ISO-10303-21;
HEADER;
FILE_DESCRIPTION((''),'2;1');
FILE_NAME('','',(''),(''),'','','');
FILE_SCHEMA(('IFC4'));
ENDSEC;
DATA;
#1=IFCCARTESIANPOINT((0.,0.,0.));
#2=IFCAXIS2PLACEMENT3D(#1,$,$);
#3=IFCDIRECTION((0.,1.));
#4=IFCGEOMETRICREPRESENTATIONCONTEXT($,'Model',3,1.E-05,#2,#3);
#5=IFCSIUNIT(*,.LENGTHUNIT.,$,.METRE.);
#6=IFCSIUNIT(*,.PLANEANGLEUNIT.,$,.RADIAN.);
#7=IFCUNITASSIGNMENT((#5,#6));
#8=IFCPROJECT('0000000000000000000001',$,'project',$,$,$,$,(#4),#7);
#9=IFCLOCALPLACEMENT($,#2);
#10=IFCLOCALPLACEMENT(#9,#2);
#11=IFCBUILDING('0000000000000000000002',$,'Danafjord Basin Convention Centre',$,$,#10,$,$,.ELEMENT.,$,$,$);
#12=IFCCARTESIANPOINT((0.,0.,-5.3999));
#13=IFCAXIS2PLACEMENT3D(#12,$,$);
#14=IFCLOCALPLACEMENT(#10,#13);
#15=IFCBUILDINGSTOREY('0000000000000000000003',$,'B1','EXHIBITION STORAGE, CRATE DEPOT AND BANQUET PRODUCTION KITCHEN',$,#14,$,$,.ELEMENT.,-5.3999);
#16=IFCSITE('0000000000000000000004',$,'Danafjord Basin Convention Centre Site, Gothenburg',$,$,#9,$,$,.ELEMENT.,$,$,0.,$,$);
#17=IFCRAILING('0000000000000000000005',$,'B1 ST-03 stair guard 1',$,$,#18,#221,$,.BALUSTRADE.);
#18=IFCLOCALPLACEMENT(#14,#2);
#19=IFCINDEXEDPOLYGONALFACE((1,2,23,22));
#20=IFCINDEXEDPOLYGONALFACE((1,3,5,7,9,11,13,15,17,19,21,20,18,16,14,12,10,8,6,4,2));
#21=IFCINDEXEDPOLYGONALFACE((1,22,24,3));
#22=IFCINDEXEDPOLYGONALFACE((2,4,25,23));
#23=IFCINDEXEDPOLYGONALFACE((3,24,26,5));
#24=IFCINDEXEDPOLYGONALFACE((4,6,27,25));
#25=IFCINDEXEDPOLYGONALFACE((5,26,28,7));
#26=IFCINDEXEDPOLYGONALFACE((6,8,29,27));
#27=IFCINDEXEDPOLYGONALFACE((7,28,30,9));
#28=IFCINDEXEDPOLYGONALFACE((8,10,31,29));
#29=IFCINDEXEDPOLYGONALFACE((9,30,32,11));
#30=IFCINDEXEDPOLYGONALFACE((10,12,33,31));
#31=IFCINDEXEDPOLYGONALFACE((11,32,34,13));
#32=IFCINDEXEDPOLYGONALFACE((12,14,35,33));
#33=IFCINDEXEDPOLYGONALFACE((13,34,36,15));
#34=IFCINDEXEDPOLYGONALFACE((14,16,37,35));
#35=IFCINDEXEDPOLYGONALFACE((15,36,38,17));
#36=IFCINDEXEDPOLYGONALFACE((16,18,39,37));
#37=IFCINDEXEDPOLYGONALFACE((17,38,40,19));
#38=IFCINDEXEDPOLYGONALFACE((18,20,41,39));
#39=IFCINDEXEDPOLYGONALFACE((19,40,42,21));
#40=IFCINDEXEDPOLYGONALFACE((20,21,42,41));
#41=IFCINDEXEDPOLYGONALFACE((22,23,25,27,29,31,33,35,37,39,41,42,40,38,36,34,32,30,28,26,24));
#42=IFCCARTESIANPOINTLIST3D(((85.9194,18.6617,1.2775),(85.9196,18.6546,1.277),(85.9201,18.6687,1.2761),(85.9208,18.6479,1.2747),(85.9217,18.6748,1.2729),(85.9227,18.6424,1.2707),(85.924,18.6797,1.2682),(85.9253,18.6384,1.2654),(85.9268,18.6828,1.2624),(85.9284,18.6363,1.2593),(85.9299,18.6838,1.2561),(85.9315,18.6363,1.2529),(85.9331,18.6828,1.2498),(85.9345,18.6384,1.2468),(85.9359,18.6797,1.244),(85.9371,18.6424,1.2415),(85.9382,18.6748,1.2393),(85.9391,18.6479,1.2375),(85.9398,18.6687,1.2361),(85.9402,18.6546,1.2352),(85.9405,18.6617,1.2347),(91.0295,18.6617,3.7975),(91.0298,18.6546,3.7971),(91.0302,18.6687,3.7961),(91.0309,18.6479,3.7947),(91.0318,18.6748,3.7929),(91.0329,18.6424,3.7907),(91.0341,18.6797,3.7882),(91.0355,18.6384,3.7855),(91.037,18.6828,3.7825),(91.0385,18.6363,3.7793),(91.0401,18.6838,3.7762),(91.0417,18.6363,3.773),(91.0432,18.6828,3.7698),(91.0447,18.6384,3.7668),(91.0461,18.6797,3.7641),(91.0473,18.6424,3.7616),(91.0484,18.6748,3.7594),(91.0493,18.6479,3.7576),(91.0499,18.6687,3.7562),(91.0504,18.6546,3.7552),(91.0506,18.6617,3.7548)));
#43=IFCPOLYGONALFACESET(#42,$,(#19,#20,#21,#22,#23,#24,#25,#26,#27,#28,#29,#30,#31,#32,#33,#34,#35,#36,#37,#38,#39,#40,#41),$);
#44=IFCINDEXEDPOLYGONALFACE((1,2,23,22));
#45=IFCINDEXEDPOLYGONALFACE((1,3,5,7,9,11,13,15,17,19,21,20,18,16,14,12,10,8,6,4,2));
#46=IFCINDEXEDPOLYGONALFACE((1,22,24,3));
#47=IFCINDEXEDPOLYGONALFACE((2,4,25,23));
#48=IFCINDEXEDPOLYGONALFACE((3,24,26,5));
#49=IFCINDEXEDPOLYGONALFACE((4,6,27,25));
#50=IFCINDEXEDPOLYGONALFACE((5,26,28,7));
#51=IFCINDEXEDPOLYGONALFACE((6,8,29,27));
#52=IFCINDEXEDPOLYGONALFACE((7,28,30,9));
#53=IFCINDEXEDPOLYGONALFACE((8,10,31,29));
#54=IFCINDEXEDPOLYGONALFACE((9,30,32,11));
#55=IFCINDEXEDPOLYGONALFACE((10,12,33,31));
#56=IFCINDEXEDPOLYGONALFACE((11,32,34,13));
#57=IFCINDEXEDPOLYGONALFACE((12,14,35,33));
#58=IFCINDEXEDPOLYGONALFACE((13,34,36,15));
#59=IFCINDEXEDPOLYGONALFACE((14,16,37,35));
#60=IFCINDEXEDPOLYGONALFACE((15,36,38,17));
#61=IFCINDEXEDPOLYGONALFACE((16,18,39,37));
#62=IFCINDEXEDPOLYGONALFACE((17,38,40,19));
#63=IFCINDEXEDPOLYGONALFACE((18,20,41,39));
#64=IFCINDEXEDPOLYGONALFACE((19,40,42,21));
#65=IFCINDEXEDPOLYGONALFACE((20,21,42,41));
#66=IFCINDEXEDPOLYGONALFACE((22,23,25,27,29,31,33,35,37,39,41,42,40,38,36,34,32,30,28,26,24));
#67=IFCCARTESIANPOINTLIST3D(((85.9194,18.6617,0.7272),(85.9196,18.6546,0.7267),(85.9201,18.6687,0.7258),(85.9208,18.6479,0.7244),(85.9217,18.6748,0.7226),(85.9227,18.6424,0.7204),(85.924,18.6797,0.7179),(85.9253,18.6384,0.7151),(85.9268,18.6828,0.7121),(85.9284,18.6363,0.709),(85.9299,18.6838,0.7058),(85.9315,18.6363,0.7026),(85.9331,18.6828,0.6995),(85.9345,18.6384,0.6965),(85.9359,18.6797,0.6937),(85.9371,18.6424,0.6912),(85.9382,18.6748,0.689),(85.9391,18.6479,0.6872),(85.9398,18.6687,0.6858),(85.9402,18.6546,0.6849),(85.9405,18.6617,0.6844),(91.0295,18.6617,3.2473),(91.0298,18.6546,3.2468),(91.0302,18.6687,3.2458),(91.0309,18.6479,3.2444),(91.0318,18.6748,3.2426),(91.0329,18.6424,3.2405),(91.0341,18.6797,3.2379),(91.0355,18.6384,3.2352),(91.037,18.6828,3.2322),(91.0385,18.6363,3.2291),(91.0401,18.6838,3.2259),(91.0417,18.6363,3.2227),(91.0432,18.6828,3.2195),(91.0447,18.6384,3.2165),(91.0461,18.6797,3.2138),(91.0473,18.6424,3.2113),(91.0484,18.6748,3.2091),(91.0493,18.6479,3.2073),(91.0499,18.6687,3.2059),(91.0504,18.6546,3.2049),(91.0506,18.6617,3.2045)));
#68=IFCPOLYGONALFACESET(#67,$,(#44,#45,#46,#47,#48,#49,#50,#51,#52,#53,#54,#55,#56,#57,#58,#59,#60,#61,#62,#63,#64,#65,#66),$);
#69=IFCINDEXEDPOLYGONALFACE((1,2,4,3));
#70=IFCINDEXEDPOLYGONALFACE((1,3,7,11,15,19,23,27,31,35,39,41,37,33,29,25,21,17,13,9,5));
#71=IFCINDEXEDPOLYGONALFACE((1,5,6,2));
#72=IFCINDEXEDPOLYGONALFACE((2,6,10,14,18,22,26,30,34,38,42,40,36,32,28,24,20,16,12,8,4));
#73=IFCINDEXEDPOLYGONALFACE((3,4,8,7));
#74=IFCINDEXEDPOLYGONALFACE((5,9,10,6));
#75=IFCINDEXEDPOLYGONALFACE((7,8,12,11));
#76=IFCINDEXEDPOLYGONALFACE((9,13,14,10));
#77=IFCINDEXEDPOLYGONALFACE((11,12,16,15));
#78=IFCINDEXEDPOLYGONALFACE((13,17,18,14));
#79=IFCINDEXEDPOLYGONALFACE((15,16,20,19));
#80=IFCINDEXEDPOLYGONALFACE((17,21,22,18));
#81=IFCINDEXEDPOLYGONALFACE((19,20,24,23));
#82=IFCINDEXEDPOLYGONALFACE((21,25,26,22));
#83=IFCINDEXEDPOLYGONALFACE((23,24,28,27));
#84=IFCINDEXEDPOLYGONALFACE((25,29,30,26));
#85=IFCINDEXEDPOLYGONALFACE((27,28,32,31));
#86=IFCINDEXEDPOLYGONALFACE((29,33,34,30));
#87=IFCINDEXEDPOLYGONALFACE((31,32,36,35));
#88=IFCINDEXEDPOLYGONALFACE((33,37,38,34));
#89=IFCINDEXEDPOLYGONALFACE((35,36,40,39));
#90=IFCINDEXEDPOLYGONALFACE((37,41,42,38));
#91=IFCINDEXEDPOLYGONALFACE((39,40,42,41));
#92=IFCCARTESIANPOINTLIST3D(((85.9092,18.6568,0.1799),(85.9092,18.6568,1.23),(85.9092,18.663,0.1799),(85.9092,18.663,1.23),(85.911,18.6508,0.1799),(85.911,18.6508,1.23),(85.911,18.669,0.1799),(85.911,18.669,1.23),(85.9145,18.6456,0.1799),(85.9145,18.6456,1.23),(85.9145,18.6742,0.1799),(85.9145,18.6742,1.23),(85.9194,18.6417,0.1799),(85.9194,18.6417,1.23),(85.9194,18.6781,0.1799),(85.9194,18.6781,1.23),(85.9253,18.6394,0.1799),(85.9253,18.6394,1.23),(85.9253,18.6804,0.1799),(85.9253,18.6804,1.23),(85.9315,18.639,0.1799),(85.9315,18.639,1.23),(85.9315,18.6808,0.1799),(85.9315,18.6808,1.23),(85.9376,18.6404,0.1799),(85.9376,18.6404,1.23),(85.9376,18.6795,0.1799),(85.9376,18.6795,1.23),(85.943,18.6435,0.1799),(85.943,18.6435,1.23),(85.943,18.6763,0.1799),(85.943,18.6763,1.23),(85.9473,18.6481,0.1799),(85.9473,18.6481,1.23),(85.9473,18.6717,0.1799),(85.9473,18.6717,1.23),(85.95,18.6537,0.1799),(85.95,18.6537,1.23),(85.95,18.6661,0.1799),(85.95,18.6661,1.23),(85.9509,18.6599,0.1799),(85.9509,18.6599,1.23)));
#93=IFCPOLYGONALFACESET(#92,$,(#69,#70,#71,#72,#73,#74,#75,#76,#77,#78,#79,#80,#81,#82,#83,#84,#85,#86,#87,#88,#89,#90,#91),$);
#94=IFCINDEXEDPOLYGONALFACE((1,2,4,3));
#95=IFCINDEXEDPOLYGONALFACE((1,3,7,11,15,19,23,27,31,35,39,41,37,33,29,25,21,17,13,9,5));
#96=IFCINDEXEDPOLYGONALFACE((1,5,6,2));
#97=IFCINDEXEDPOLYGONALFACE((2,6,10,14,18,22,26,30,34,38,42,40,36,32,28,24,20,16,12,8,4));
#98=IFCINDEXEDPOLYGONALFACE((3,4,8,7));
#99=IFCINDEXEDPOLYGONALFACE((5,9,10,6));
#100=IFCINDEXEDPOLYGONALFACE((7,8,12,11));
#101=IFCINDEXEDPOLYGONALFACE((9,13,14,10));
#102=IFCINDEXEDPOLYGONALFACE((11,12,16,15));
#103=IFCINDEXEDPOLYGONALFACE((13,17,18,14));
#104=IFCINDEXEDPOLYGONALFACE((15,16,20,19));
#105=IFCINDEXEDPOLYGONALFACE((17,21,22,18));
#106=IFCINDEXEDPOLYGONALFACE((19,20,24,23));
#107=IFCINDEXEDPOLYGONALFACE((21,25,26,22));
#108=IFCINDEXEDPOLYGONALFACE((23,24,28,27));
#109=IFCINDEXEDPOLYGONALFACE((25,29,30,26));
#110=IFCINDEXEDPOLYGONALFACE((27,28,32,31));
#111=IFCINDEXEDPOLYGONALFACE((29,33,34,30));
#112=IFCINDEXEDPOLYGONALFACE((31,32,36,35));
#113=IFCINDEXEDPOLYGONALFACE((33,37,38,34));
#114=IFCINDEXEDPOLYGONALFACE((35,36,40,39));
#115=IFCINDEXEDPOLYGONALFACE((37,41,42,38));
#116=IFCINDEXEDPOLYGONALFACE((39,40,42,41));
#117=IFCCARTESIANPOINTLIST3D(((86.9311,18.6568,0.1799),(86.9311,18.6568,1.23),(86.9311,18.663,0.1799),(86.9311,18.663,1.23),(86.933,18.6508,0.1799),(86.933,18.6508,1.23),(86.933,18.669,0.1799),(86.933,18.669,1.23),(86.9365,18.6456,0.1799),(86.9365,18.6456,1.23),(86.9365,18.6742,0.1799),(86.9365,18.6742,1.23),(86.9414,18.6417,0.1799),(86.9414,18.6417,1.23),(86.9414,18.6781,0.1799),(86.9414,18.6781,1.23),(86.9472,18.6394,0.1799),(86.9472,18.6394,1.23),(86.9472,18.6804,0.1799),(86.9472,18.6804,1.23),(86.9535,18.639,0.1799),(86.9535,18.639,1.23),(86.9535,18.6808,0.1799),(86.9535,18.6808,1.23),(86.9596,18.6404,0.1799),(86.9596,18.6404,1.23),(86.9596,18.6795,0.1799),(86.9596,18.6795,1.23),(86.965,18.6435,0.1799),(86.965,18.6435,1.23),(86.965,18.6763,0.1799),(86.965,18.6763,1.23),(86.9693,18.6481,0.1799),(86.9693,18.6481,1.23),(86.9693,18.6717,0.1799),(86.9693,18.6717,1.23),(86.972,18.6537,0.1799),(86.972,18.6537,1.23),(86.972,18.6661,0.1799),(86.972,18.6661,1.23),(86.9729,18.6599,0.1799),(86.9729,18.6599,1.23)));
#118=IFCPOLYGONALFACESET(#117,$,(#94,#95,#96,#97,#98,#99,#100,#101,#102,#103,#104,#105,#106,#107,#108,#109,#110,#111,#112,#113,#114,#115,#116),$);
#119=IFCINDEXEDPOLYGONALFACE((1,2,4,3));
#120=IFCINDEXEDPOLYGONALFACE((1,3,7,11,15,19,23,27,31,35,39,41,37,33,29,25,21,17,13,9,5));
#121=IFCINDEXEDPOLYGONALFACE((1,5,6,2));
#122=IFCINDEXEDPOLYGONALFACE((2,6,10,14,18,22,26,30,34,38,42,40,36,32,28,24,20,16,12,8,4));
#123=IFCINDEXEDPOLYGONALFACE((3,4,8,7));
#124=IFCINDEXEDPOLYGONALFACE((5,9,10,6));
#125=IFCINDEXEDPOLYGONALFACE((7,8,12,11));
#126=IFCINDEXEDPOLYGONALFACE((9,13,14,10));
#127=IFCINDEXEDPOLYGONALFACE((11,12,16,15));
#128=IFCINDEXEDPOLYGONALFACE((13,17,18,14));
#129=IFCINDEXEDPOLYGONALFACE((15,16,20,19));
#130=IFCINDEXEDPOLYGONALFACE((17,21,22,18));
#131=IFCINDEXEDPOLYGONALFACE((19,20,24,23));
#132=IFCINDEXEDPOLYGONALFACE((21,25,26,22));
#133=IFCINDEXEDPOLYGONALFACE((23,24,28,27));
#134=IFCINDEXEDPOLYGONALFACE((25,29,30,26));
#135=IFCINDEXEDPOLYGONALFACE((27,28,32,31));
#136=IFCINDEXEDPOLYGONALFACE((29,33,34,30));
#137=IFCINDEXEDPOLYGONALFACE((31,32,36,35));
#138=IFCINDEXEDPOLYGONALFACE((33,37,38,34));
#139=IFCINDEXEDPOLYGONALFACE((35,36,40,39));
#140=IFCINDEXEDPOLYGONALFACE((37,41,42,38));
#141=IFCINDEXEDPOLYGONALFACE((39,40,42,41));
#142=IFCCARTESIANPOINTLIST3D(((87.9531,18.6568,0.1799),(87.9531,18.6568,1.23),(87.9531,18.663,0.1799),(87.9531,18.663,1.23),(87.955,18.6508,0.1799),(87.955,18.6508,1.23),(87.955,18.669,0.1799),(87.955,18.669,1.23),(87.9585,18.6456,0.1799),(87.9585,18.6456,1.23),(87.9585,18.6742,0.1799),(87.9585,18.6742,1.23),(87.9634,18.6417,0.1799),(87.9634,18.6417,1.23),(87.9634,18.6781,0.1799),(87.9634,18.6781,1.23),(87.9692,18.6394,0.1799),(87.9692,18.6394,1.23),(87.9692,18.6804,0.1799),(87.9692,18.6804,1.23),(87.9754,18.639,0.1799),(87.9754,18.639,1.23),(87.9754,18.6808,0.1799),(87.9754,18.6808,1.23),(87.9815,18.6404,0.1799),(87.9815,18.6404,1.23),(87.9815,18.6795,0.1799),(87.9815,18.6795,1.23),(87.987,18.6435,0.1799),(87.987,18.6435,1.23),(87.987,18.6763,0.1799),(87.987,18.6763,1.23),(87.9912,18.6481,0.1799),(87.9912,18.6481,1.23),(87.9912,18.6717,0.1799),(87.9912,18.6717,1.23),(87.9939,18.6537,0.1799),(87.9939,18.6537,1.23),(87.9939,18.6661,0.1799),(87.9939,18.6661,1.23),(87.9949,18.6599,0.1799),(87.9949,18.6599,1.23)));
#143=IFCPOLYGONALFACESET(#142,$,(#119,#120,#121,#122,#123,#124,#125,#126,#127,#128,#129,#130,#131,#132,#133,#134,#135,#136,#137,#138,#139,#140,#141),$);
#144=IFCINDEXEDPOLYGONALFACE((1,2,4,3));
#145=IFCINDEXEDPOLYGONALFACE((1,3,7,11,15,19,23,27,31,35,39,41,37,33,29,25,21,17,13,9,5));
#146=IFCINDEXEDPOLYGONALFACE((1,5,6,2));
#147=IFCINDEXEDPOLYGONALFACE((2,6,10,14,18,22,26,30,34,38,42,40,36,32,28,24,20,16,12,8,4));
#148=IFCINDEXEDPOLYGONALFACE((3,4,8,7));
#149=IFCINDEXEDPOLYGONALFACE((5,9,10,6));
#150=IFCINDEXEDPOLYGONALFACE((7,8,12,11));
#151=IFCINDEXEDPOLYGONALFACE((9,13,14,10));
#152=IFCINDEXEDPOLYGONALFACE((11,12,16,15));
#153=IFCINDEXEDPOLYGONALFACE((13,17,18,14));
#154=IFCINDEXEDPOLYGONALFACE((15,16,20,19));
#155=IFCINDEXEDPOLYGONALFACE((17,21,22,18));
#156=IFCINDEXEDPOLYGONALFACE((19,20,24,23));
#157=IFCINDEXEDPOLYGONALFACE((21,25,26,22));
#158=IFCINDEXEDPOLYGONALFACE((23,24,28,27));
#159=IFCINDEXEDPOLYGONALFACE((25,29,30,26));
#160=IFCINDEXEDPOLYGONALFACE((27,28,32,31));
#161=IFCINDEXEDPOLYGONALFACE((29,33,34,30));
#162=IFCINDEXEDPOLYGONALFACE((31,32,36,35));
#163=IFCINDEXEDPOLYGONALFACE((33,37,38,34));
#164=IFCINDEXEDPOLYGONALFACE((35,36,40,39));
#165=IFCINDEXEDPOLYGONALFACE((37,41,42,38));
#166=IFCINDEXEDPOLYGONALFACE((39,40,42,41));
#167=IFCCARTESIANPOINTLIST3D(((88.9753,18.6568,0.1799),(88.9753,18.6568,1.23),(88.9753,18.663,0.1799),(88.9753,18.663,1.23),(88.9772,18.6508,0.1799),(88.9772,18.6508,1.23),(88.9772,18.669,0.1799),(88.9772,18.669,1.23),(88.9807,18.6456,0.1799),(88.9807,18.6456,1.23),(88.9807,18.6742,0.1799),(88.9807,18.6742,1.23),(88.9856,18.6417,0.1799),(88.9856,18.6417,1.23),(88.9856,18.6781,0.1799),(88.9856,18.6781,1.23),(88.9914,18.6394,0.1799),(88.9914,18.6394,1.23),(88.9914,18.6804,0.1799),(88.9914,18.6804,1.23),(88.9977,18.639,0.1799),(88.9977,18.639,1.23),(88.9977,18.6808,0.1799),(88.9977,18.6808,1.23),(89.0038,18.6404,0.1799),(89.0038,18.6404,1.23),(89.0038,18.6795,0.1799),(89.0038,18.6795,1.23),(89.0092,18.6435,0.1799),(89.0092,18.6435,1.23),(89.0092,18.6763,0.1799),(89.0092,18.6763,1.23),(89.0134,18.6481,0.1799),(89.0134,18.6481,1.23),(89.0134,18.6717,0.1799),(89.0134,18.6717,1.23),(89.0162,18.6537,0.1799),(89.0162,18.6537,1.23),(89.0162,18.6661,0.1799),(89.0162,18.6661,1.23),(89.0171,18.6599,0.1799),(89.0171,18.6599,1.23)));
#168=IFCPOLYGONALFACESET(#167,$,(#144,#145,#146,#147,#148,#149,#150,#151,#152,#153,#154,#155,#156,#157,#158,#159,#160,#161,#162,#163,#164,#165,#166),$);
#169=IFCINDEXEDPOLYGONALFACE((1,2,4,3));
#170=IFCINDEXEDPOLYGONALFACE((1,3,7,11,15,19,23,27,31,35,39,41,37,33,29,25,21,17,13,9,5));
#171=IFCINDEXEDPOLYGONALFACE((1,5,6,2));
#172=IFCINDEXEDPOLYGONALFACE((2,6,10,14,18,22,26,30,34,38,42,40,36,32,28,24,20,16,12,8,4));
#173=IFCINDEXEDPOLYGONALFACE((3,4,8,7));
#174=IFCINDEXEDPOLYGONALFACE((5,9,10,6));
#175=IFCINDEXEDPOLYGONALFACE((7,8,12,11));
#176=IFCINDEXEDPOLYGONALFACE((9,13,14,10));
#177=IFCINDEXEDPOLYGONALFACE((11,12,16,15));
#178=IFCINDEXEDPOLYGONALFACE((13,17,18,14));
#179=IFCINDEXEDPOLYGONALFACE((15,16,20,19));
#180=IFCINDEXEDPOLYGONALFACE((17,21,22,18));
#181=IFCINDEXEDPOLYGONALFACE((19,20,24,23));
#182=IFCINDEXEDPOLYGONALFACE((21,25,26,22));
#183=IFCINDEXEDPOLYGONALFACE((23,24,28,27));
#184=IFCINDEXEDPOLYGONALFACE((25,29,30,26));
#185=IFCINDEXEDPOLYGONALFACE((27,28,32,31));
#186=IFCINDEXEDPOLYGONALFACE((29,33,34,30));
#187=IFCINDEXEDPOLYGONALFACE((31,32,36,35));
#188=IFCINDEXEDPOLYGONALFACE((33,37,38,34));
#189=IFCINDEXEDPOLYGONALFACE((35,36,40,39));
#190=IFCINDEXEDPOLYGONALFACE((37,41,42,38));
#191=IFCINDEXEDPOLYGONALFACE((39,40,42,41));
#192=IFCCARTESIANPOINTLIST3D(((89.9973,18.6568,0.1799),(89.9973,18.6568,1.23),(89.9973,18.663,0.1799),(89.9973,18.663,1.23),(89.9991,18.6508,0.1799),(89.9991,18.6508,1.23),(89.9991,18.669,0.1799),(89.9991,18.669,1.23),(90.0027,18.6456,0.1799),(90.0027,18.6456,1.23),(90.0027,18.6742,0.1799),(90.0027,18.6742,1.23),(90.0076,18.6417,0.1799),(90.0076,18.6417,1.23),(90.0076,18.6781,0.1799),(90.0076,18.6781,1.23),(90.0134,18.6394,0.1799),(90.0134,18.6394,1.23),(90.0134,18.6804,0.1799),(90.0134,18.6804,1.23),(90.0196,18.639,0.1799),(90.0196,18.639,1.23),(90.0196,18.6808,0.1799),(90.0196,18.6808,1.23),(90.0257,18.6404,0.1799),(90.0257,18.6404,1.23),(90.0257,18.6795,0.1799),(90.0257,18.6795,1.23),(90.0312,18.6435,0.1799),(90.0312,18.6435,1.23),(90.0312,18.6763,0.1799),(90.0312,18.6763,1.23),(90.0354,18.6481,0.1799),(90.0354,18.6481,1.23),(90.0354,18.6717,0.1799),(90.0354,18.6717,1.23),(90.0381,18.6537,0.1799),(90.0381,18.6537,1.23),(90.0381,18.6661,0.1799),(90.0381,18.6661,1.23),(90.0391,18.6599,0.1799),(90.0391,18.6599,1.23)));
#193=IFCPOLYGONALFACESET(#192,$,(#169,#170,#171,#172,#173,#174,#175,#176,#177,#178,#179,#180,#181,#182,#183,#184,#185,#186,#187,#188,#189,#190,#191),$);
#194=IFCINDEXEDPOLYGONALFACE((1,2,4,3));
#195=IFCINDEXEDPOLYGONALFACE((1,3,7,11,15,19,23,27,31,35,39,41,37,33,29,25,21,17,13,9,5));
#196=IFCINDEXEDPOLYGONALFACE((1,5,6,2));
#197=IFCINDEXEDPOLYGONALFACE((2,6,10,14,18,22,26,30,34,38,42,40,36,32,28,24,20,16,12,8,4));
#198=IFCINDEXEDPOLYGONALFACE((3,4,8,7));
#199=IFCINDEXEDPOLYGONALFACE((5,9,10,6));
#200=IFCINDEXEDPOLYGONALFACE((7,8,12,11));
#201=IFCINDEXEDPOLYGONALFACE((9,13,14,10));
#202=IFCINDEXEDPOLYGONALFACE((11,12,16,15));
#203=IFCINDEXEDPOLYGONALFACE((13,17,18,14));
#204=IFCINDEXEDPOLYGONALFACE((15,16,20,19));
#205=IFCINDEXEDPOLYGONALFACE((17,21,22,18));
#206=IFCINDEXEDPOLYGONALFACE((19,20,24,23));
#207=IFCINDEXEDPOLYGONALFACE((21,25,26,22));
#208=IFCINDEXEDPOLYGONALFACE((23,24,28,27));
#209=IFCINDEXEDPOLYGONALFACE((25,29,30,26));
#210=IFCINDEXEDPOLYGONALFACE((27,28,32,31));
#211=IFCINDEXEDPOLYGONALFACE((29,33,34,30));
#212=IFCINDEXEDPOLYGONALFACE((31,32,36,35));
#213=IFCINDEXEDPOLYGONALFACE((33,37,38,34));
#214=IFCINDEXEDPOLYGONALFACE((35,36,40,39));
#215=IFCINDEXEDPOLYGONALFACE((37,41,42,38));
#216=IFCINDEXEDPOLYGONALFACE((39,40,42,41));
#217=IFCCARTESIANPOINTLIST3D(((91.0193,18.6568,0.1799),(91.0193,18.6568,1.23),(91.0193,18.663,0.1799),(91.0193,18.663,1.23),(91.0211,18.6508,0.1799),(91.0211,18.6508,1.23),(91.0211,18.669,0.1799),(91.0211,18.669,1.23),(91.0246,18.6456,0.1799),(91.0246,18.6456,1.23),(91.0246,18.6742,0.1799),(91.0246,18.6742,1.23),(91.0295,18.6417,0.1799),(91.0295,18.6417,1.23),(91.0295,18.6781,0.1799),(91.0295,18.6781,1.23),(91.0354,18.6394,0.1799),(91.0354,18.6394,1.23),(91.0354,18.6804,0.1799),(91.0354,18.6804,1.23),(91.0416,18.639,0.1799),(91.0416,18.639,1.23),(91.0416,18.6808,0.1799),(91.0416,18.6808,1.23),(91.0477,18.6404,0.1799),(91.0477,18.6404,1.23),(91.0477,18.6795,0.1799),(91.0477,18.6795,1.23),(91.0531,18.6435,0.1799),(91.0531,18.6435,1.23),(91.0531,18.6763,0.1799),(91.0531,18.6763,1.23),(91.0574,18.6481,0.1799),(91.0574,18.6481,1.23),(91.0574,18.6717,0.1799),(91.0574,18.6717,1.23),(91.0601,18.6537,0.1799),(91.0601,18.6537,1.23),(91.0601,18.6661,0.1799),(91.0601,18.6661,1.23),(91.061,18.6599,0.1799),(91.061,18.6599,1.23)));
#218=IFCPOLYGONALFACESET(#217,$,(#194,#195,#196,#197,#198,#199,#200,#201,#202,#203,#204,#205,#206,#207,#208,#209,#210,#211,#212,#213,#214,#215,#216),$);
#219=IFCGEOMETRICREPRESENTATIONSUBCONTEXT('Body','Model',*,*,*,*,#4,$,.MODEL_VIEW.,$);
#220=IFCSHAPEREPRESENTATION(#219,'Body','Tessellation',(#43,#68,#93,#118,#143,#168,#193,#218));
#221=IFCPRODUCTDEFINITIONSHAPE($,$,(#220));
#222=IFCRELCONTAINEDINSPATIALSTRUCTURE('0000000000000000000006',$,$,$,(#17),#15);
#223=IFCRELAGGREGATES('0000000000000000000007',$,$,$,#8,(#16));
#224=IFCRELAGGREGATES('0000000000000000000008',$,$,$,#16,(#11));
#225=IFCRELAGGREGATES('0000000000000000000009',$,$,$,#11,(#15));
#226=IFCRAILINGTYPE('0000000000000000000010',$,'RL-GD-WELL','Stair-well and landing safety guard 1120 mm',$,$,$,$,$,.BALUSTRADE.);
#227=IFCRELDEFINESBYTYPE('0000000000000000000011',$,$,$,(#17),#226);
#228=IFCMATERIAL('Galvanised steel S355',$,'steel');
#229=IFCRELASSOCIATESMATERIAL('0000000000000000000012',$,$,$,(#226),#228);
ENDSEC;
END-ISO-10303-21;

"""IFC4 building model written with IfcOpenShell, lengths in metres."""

from ifc_helpers import new_model, si_unit, direction, frame, origin, origin_2d, place, context, subcontext, project, spatial, circle, extrude, material, type_object, element, save


model = new_model("IFC4")

# Units and contexts
model_context = context("Model", 3, precision=1e-05, world=origin(), true_north=direction((0.0, 1.0)))
body_context = subcontext(model_context, "Body", "Model", "MODEL_VIEW")
ifc_project = project(units=[si_unit("LENGTHUNIT", "METRE"), si_unit("PLANEANGLEUNIT", "RADIAN")], contexts=[model_context])

# Site, building, storey
site_placement = place(None, origin())
site = spatial("IfcSite", under=ifc_project, at=site_placement, Name="Danafjord Basin Convention Centre Site, Gothenburg", CompositionType="ELEMENT", RefElevation=0.0)
building_placement = place(site_placement, origin())
building = spatial("IfcBuilding", under=site, at=building_placement, Name="Danafjord Basin Convention Centre", CompositionType="ELEMENT")
storey_placement = place(building_placement, frame((0.0, 0.0, -5.3999)))
storey = spatial("IfcBuildingStorey", under=building, at=storey_placement, Name="B1", Description="EXHIBITION STORAGE, CRATE DEPOT AND BANQUET PRODUCTION KITCHEN", CompositionType="ELEMENT", Elevation=-5.3999)

# Railing
ifc_material_1 = material(Name="Galvanised steel S355", Category="steel")
railing_type_1 = type_object("IfcRailingType", Name="RL-GD-WELL", Description="Stair-well and landing safety guard 1120 mm", PredefinedType="BALUSTRADE", material=ifc_material_1)
railing_1_placement = place(storey_placement, frame((85.9299, 18.6599, 0.1799)))
element("IfcRailing", 1, at=railing_1_placement, inside=storey, type_object=railing_type_1, Name="B1 ST-03 stair guard 1", PredefinedType="BALUSTRADE", context=body_context, shape_type="SweptSolid", body=[
    extrude(circle(Radius=0.0239, at=origin_2d()), frame((0.0, 0.0, 1.0762), z_axis=(0.896873, 0.0, 0.442288), x_axis=(0.0, 1.0, 0.0)), (0.0, 0.0, 1.0), 5.6978),
    extrude(circle(Radius=0.0239, at=origin_2d()), frame((0.0, 0.0, 0.5259), z_axis=(0.896873, 0.0, 0.442288), x_axis=(0.0, 1.0, 0.0)), (0.0, 0.0, 1.0), 5.6978),
    extrude(circle(Radius=0.021, at=origin_2d()), origin(), (0.0, 0.0, 1.0), 1.05),
    extrude(circle(Radius=0.021, at=origin_2d()), frame((1.022, 0.0, 0.0)), (0.0, 0.0, 1.0), 1.05),
    extrude(circle(Radius=0.021, at=origin_2d()), frame((2.0439, 0.0, 0.0)), (0.0, 0.0, 1.0), 1.05),
    extrude(circle(Radius=0.021, at=origin_2d()), frame((3.0662, 0.0, 0.0)), (0.0, 0.0, 1.0), 1.05),
    extrude(circle(Radius=0.021, at=origin_2d()), frame((4.0881, 0.0, 0.0)), (0.0, 0.0, 1.0), 1.05),
    extrude(circle(Radius=0.021, at=origin_2d()), frame((5.1101, 0.0, 0.0)), (0.0, 0.0, 1.0), 1.05),
])

save(model, "model.ifc")
